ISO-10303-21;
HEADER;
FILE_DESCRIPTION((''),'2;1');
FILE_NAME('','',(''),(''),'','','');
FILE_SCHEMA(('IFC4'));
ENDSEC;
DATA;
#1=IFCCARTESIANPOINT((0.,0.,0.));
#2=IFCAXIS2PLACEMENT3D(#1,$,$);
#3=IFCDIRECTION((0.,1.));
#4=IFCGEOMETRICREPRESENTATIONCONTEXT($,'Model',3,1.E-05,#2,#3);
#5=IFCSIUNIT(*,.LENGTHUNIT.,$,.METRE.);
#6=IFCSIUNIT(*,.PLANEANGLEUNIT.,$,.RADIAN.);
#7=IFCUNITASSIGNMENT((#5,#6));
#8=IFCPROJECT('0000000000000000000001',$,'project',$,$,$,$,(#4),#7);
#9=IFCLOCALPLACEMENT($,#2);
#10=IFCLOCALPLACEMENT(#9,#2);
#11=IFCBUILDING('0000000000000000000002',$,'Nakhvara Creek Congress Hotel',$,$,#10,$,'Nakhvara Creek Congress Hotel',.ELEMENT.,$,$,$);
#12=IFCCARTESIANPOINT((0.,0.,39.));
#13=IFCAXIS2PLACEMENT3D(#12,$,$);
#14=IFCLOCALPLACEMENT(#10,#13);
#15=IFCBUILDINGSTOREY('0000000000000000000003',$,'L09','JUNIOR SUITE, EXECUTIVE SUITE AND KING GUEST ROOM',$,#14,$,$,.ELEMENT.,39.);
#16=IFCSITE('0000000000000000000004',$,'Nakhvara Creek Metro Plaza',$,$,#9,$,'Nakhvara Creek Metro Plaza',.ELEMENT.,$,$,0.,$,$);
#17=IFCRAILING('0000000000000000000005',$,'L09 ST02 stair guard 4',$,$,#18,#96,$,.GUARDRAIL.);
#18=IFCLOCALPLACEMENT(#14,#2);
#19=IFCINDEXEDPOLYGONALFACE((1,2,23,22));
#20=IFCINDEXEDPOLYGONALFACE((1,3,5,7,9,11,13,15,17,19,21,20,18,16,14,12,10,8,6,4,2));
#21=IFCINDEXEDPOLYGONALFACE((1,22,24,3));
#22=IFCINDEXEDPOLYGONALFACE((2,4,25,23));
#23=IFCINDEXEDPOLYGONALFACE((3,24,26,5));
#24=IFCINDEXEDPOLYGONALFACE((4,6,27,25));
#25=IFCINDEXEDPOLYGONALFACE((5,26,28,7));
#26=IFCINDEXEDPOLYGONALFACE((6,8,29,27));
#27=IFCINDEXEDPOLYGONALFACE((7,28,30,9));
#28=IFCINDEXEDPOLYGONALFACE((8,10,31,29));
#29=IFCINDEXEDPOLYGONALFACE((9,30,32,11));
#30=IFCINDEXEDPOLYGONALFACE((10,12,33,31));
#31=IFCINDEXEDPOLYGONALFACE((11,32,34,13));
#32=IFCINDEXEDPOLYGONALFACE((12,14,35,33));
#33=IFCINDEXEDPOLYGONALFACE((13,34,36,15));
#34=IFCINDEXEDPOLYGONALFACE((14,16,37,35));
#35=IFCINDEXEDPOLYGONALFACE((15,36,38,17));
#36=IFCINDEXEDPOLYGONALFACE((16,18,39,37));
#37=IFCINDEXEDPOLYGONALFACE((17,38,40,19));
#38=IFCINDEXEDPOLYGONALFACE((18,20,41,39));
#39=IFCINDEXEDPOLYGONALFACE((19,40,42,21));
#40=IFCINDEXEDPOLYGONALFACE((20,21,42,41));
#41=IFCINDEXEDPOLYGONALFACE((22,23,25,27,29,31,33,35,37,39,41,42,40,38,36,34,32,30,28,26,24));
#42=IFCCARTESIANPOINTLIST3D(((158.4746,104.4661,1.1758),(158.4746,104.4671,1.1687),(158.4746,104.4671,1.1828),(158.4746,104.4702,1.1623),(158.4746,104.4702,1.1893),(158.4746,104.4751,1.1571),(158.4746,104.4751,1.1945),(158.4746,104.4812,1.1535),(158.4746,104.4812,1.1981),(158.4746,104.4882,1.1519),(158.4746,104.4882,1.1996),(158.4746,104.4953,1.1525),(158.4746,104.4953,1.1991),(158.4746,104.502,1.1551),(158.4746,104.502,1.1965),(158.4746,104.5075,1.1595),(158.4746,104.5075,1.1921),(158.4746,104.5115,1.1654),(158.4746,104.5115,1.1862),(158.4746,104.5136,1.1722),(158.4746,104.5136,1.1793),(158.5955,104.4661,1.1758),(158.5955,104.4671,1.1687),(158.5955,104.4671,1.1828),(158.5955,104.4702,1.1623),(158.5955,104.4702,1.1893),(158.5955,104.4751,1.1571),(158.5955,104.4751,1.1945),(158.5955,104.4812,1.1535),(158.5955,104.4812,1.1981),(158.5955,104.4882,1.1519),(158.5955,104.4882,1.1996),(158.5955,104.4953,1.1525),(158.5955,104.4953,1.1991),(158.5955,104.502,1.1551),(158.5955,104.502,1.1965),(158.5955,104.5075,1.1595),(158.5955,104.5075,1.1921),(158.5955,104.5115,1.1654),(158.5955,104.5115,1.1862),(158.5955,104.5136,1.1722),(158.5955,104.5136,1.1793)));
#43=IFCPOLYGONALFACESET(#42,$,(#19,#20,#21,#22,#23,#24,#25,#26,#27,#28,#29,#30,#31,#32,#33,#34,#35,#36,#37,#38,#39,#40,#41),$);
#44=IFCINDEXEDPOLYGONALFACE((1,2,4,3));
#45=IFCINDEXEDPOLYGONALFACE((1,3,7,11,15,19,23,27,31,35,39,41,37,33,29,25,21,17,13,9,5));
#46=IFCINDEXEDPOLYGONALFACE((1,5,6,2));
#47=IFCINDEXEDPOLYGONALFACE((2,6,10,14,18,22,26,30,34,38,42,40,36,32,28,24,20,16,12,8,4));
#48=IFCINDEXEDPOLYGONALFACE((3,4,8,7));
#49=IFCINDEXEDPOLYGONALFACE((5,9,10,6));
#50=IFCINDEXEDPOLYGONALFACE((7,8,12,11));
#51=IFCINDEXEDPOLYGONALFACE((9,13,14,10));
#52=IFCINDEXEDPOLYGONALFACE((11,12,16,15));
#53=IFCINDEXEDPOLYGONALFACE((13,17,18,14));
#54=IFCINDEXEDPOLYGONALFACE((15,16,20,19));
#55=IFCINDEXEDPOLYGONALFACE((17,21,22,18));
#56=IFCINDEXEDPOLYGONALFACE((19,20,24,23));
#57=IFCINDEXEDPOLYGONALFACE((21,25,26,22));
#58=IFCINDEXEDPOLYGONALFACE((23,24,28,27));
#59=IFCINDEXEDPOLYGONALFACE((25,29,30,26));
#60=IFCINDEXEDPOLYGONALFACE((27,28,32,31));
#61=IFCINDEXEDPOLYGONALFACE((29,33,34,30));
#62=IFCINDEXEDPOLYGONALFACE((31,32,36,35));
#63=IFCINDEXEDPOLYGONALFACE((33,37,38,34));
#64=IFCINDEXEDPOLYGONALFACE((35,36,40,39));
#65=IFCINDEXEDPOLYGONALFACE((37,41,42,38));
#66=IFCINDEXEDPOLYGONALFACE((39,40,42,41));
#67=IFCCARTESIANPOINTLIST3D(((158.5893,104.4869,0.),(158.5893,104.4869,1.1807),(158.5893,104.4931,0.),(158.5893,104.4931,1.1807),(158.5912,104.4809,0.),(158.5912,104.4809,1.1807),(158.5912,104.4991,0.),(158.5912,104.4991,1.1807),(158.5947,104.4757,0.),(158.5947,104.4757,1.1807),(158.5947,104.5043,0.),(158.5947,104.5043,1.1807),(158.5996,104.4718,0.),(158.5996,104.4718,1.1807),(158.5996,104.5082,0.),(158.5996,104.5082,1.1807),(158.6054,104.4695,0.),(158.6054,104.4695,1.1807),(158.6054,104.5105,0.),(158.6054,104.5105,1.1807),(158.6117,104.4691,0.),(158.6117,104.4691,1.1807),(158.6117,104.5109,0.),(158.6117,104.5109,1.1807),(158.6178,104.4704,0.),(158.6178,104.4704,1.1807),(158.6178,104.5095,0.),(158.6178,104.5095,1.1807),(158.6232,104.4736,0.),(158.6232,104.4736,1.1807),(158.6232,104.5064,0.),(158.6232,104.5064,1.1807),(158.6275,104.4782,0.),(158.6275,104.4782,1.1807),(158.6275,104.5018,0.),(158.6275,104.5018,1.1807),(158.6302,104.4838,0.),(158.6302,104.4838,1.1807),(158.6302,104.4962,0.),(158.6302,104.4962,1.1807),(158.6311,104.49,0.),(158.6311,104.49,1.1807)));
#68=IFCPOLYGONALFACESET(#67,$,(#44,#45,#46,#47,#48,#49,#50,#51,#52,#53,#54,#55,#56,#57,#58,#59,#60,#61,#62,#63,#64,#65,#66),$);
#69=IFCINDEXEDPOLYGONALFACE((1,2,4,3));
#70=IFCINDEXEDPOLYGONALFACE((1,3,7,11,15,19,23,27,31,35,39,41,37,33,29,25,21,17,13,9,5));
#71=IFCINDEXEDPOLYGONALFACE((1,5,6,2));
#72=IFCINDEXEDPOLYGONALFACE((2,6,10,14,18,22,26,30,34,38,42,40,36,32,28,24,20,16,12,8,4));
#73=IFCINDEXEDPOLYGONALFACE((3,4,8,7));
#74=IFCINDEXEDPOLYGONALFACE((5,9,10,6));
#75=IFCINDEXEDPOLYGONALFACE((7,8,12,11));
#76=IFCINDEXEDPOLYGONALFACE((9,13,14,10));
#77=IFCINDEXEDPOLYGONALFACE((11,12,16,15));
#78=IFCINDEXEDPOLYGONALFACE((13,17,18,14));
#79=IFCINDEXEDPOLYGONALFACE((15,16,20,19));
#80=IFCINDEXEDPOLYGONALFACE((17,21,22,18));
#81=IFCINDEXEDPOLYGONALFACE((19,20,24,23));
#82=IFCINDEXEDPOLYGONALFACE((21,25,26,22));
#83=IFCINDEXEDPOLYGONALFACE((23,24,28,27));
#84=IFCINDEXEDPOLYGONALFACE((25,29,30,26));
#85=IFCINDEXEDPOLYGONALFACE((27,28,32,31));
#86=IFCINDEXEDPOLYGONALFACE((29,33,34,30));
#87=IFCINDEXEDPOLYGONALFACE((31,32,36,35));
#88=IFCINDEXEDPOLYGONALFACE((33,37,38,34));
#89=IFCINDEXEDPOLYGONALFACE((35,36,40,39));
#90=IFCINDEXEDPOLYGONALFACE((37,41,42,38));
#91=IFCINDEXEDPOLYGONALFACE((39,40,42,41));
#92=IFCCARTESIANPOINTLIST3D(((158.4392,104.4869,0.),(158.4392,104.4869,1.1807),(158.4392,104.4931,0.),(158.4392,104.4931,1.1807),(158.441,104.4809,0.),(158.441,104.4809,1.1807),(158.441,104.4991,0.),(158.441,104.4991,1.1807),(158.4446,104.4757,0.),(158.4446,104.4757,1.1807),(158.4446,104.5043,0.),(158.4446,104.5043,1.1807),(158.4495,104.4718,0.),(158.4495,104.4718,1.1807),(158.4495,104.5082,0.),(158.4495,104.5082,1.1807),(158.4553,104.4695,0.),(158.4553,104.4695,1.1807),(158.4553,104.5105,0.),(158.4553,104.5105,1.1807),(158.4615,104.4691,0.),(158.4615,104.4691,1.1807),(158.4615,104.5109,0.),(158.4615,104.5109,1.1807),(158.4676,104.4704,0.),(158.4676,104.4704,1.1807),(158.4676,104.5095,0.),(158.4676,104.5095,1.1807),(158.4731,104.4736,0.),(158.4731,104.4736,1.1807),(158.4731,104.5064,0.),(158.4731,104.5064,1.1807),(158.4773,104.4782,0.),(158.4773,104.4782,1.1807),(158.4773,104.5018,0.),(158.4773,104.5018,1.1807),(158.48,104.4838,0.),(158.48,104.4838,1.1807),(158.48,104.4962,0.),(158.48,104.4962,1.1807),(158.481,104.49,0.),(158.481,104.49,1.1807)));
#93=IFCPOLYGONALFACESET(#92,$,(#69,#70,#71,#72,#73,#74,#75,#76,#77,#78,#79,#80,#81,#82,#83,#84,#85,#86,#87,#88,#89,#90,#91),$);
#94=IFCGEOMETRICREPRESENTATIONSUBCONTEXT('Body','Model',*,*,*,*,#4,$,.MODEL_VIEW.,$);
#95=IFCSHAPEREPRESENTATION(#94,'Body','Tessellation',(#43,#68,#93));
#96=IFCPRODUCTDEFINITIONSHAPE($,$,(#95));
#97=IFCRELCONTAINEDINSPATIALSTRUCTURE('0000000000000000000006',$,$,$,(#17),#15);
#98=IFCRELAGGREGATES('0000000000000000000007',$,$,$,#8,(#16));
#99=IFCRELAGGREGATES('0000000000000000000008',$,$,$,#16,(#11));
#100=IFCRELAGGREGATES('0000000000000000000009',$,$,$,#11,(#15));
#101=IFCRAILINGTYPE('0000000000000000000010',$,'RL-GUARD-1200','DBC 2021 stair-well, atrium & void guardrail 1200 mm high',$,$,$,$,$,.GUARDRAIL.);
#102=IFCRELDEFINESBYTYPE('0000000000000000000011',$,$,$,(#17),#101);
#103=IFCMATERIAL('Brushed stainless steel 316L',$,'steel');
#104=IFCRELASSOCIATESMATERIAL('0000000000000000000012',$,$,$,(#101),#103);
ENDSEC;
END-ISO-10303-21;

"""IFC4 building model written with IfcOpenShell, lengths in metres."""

from ifc_helpers import new_model, si_unit, direction, frame, origin, origin_2d, place, context, subcontext, project, spatial, circle, extrude, material, type_object, element, save


model = new_model("IFC4")

# Units and contexts
model_context = context("Model", 3, precision=1e-05, world=origin(), true_north=direction((0.0, 1.0)))
body_context = subcontext(model_context, "Body", "Model", "MODEL_VIEW")
ifc_project = project(units=[si_unit("LENGTHUNIT", "METRE"), si_unit("PLANEANGLEUNIT", "RADIAN")], contexts=[model_context])

# Site, building, storey
site_placement = place(None, origin())
site = spatial("IfcSite", under=ifc_project, at=site_placement, Name="Nakhvara Creek Metro Plaza", LongName="Nakhvara Creek Metro Plaza", CompositionType="ELEMENT", RefElevation=0.0)
building_placement = place(site_placement, origin())
building = spatial("IfcBuilding", under=site, at=building_placement, Name="Nakhvara Creek Congress Hotel", LongName="Nakhvara Creek Congress Hotel", CompositionType="ELEMENT")
storey_placement = place(building_placement, frame((0.0, 0.0, 39.0)))
storey = spatial("IfcBuildingStorey", under=building, at=storey_placement, Name="L09", Description="JUNIOR SUITE, EXECUTIVE SUITE AND KING GUEST ROOM", CompositionType="ELEMENT", Elevation=39.0)

# Railing
ifc_material_1 = material(Name="Brushed stainless steel 316L", Category="steel")
railing_type_1 = type_object("IfcRailingType", Name="RL-GUARD-1200", Description="DBC 2021 stair-well, atrium & void guardrail 1200 mm high", PredefinedType="GUARDRAIL", material=ifc_material_1)
railing_1_placement = place(storey_placement, frame((158.6101, 104.49, 0.0)))
element("IfcRailing", 1, at=railing_1_placement, inside=storey, type_object=railing_type_1, Name="L09 ST02 stair guard 4", PredefinedType="GUARDRAIL", context=body_context, shape_type="SweptSolid", body=[
    extrude(circle(Radius=0.0239, at=origin_2d()), frame((-0.0146, 0.0, 1.1758), z_axis=(-1.0, 0.0, 0.0), x_axis=(0.0, -1.0, 0.0)), (0.0, 0.0, 1.0), 0.1208),
    extrude(circle(Radius=0.021, at=origin_2d()), origin(), (0.0, 0.0, 1.0), 1.1807),
    extrude(circle(Radius=0.021, at=origin_2d()), frame((-0.1501, 0.0, 0.0)), (0.0, 0.0, 1.0), 1.1807),
])

save(model, "model.ifc")
